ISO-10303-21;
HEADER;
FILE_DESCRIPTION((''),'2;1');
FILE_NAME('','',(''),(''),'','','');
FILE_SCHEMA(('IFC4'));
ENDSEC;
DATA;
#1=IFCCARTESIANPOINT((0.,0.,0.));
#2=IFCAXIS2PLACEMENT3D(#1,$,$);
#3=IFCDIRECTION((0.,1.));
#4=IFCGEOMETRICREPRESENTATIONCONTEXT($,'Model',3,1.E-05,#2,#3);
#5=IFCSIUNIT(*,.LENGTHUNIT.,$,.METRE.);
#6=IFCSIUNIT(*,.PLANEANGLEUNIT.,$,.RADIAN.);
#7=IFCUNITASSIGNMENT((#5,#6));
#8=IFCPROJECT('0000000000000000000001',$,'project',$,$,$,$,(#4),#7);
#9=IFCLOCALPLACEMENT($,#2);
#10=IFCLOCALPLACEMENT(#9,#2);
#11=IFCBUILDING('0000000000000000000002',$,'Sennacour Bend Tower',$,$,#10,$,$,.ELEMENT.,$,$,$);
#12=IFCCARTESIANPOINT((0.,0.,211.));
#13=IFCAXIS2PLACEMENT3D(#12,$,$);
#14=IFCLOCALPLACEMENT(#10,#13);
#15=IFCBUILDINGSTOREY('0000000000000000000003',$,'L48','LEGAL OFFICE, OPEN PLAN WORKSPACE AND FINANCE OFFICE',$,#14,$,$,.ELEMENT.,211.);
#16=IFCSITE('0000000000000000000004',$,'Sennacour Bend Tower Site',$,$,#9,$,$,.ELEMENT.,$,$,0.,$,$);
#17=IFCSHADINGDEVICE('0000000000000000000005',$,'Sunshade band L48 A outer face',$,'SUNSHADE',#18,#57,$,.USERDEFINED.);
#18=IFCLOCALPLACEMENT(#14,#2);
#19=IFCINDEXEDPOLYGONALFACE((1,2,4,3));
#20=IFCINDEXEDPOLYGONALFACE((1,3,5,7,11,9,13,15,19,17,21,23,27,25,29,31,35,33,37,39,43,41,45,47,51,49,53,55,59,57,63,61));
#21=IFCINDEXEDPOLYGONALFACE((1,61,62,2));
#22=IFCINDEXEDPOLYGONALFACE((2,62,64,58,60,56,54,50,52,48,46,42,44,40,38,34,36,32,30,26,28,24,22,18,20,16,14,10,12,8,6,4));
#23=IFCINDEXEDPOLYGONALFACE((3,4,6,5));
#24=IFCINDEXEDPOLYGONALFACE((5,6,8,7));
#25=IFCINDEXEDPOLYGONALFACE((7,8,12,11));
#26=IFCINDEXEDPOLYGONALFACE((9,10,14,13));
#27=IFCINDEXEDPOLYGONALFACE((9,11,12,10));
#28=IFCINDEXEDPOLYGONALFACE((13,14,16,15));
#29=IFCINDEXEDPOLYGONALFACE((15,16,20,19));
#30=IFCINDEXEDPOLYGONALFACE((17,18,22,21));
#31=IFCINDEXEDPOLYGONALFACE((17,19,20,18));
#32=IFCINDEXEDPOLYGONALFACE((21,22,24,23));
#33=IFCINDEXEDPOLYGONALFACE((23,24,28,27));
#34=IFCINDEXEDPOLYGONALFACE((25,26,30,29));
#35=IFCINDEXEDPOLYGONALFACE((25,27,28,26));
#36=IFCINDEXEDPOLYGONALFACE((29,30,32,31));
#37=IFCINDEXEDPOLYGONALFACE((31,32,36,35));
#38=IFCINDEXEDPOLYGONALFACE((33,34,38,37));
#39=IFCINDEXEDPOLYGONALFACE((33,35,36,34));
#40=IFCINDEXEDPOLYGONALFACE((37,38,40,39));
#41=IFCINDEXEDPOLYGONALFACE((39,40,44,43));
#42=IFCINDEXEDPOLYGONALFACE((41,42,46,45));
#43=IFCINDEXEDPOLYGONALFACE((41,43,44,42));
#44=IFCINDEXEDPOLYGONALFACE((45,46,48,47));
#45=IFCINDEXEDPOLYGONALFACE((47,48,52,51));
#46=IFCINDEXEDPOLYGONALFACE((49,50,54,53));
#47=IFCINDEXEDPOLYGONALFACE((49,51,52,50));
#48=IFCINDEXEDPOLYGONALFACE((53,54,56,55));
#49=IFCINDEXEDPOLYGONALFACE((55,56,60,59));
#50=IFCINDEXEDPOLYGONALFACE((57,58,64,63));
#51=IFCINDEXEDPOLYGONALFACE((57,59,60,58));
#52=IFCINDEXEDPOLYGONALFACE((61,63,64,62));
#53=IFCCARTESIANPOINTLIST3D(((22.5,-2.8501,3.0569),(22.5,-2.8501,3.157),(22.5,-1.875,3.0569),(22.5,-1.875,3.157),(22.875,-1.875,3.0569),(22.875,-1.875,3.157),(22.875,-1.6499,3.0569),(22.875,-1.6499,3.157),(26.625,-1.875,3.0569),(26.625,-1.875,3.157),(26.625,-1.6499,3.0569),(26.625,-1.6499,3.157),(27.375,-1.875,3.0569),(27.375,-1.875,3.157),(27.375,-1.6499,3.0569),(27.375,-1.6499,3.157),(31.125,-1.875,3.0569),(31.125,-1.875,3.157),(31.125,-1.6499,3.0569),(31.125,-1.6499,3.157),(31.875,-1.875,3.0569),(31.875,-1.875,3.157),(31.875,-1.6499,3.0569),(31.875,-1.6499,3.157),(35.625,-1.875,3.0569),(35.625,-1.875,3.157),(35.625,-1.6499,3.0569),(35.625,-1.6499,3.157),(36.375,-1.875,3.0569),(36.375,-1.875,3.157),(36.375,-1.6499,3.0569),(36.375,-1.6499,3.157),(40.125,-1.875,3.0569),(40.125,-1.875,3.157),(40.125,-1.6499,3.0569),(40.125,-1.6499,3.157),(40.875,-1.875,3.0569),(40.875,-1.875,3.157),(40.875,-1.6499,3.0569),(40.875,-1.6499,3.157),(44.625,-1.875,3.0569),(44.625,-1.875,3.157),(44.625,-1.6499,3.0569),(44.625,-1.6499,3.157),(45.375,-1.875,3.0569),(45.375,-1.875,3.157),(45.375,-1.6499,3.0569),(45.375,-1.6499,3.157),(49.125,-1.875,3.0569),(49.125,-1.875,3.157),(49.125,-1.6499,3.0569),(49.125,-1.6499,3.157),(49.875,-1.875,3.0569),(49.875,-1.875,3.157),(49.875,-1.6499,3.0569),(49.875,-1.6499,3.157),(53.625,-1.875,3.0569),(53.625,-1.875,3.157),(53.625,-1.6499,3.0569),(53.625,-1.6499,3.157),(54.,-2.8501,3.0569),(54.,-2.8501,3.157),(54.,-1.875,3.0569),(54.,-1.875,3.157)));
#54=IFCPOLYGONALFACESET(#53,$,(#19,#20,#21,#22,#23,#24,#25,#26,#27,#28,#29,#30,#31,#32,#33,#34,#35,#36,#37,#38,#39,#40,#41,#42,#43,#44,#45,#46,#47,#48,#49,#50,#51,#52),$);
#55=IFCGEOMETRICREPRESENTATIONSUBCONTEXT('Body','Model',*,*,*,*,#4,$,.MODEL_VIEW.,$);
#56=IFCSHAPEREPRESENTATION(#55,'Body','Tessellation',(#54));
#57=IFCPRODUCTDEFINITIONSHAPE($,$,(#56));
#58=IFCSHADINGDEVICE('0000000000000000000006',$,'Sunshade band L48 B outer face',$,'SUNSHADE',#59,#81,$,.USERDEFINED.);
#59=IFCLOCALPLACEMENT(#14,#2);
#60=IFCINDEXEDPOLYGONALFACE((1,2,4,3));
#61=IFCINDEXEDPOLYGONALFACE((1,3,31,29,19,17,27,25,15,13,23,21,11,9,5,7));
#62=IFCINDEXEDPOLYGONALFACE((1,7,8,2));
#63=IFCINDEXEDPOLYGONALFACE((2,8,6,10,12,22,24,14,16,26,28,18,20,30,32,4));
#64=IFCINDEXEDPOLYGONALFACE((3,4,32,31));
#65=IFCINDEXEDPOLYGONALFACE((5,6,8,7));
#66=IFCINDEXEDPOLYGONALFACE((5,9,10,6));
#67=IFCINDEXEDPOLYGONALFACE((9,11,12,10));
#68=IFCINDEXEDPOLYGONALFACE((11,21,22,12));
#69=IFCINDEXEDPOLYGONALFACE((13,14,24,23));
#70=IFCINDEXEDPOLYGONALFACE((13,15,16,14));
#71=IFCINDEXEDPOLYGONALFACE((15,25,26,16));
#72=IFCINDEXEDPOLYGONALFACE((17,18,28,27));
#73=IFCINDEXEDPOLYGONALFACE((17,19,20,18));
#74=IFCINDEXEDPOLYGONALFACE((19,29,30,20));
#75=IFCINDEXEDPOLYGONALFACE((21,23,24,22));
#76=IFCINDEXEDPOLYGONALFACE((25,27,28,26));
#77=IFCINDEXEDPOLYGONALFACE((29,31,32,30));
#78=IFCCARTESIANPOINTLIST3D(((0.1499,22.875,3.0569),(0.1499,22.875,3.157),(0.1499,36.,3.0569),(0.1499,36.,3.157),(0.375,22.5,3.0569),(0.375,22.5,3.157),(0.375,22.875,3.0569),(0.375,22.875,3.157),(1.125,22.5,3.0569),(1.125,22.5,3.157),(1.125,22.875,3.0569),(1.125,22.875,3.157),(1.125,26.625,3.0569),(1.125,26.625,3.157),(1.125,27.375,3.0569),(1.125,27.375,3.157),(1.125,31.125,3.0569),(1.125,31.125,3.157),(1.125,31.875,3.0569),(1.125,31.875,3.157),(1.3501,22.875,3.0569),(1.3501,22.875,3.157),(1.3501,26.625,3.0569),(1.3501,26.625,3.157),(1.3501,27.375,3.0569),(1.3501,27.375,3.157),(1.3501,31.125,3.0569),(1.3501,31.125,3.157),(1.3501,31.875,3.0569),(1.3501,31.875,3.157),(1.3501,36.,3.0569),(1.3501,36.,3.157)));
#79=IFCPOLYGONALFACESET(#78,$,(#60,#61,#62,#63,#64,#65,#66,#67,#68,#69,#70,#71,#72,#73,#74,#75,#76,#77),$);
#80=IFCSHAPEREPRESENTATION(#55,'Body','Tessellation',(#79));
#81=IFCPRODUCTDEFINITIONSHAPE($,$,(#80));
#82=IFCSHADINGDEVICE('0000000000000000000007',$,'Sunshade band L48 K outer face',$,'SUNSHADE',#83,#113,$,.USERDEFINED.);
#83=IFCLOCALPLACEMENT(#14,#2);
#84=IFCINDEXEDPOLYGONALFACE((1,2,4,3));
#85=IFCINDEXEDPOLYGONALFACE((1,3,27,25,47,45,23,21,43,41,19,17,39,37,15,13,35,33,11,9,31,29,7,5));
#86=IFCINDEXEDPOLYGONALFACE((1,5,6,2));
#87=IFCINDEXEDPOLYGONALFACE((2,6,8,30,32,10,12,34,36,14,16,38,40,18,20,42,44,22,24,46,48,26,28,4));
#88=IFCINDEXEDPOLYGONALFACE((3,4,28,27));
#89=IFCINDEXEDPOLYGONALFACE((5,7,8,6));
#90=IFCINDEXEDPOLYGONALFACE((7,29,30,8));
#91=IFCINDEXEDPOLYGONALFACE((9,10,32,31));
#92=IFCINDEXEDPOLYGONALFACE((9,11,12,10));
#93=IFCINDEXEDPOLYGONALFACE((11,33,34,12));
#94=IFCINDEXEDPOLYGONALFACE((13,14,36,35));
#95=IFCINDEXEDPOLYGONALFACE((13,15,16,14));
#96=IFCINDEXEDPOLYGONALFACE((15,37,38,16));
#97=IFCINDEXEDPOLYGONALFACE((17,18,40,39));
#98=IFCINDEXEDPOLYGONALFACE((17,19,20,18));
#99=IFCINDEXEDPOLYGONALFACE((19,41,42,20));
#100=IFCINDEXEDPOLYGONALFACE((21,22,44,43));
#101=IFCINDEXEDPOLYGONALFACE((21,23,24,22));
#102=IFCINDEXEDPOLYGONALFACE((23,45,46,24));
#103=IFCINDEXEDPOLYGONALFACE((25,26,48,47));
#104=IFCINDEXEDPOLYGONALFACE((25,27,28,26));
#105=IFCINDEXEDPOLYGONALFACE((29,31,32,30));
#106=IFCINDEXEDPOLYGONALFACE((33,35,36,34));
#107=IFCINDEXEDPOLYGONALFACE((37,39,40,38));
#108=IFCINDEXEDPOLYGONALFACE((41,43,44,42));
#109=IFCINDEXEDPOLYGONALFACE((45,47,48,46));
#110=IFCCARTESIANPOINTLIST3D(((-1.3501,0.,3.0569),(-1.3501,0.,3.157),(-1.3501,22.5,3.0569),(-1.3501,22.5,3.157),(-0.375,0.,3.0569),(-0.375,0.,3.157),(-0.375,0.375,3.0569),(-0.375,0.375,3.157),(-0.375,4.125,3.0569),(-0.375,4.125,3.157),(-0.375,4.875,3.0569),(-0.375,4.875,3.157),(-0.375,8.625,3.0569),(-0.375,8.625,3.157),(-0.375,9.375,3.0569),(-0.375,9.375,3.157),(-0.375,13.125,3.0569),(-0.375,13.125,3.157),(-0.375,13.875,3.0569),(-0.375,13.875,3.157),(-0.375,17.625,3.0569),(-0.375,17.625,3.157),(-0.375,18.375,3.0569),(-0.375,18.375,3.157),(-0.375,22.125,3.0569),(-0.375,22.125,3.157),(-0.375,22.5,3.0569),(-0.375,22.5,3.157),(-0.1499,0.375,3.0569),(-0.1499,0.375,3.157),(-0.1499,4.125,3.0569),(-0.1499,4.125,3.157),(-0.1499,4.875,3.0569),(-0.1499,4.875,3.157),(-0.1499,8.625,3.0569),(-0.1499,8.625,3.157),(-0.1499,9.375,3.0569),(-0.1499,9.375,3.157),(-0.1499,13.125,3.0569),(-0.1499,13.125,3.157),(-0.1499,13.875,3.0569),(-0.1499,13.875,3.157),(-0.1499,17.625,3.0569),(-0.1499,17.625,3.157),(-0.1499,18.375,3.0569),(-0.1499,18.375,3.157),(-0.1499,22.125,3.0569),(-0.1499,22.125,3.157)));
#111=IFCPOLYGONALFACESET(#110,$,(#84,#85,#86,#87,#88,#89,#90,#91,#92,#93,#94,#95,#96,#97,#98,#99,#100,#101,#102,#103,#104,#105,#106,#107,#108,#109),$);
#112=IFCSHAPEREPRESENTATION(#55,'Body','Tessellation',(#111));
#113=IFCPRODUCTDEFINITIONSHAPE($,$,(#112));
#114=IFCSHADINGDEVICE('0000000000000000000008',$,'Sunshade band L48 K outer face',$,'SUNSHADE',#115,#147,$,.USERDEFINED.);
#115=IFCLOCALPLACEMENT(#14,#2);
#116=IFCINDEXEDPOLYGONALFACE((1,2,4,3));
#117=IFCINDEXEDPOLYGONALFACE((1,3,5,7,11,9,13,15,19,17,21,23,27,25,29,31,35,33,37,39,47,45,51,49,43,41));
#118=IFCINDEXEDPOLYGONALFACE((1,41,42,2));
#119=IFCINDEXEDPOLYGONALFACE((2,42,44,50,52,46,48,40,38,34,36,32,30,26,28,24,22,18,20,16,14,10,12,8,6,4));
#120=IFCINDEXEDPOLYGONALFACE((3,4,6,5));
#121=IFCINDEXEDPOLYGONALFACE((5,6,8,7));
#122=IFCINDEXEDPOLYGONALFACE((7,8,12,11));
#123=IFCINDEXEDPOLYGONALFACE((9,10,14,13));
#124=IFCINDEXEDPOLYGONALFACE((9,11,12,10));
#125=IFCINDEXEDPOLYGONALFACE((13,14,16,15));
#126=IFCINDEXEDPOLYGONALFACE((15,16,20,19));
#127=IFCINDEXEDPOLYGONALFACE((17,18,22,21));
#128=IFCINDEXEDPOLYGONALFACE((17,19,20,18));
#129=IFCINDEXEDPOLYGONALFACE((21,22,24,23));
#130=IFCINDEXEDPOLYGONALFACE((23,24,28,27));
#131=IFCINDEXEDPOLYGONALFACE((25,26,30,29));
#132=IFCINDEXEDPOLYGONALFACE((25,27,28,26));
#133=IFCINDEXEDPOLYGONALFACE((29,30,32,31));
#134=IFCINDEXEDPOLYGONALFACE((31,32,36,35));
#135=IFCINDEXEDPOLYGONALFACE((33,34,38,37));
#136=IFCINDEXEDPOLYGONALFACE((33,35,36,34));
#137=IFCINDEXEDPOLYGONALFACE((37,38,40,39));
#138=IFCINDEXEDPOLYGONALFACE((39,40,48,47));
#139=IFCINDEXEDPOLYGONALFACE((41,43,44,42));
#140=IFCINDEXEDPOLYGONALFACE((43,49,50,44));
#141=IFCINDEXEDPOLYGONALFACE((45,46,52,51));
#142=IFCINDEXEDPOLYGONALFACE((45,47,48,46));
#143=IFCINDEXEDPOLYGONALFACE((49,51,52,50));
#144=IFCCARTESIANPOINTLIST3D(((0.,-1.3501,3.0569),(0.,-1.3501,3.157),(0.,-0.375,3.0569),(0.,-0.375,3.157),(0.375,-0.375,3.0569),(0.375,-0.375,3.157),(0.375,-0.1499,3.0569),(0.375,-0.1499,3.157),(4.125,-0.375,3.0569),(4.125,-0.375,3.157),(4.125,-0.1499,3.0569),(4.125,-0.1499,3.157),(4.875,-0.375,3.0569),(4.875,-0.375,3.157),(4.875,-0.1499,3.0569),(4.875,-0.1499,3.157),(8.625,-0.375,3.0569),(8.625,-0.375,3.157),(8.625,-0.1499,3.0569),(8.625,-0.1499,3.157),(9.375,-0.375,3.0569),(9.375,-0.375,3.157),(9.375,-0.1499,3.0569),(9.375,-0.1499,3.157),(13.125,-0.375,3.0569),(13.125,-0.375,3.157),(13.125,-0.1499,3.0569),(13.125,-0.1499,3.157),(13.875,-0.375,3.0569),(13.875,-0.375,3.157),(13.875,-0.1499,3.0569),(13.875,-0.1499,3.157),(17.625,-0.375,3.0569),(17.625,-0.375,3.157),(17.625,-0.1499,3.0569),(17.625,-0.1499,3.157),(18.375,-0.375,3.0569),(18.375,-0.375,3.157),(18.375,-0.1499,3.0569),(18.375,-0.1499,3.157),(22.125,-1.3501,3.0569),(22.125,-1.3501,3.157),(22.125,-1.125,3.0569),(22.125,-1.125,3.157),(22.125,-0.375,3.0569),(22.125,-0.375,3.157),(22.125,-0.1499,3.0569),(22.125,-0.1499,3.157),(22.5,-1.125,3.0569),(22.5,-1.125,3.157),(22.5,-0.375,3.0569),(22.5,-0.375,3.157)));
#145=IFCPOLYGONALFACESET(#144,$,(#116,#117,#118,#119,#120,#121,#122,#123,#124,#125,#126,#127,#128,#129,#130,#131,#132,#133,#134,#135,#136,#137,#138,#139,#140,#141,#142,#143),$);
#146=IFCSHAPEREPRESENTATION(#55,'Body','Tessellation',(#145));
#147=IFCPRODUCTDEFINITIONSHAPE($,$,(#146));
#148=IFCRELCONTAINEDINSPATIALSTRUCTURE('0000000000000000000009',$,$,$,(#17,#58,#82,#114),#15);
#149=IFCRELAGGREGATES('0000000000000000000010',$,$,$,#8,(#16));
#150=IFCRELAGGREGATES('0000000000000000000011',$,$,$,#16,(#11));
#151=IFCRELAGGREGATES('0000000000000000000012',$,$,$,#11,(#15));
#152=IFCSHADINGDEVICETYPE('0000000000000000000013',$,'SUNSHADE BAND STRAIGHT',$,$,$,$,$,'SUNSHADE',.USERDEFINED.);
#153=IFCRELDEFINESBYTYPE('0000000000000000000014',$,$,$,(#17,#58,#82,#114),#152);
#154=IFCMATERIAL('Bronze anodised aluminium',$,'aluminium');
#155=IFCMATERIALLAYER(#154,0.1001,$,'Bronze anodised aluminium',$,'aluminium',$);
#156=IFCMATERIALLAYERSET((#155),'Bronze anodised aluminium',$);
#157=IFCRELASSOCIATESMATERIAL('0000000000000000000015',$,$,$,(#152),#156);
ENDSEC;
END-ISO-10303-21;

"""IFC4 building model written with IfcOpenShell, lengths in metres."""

from ifc_helpers import new_model, si_unit, direction, frame, origin, place, context, subcontext, project, spatial, polyline, outline, extrude, material, layer, layer_set, type_object, element, save


model = new_model("IFC4")

# Units and contexts
model_context = context("Model", 3, precision=1e-05, world=origin(), true_north=direction((0.0, 1.0)))
body_context = subcontext(model_context, "Body", "Model", "MODEL_VIEW")
ifc_project = project(units=[si_unit("LENGTHUNIT", "METRE"), si_unit("PLANEANGLEUNIT", "RADIAN")], contexts=[model_context])

# Site, building, storey
site_placement = place(None, origin())
site = spatial("IfcSite", under=ifc_project, at=site_placement, Name="Sennacour Bend Tower Site", CompositionType="ELEMENT", RefElevation=0.0)
building_placement = place(site_placement, origin())
building = spatial("IfcBuilding", under=site, at=building_placement, Name="Sennacour Bend Tower", CompositionType="ELEMENT")
storey_placement = place(building_placement, frame((0.0, 0.0, 211.0)))
storey = spatial("IfcBuildingStorey", under=building, at=storey_placement, Name="L48", Description="LEGAL OFFICE, OPEN PLAN WORKSPACE AND FINANCE OFFICE", CompositionType="ELEMENT", Elevation=211.0)

# Shading devices
ifc_material_1 = material(Name="Bronze anodised aluminium", Category="aluminium")
ifc_layer_1 = layer(ifc_material_1, 0.1001, Name="Bronze anodised aluminium", Category="aluminium")
ifc_layer_set_1 = layer_set([ifc_layer_1], Name="Bronze anodised aluminium")
shading_device_type_1 = type_object("IfcShadingDeviceType", Name="SUNSHADE BAND STRAIGHT", ElementType="SUNSHADE", PredefinedType="USERDEFINED", material=ifc_layer_set_1)
shading_device_1_placement = place(storey_placement, frame((0.0, 0.0, 3.0569)))
element("IfcShadingDevice", 1, at=shading_device_1_placement, inside=storey, type_object=shading_device_type_1, Name="Sunshade band L48 A outer face", ObjectType="SUNSHADE", PredefinedType="USERDEFINED", context=body_context, shape_type="SweptSolid", body=[
    extrude(outline(polyline([(26.625, -1.6499), (26.625, -1.875), (27.375, -1.875), (27.375, -1.6499), (31.125, -1.6499), (31.125, -1.875), (31.875, -1.875), (31.875, -1.6499), (35.625, -1.6499), (35.625, -1.875), (36.375, -1.875), (36.375, -1.6499), (40.125, -1.6499), (40.125, -1.875), (40.875, -1.875), (40.875, -1.6499), (44.625, -1.6499), (44.625, -1.875), (45.375, -1.875), (45.375, -1.6499), (49.125, -1.6499), (49.125, -1.875), (49.875, -1.875), (49.875, -1.6499), (53.625, -1.6499), (53.625, -1.875), (54.0, -1.875), (54.0, -2.8501), (22.5, -2.8501), (22.5, -1.875), (22.875, -1.875), (22.875, -1.6499), (26.625, -1.6499)])), origin(), (0.0, 0.0, 1.0), 0.1001),
])
shading_device_2_placement = place(storey_placement, frame((0.0, 0.0, 3.0569)))
element("IfcShadingDevice", 2, at=shading_device_2_placement, inside=storey, type_object=shading_device_type_1, Name="Sunshade band L48 B outer face", ObjectType="SUNSHADE", PredefinedType="USERDEFINED", context=body_context, shape_type="SweptSolid", body=[
    extrude(outline(polyline([(1.3501, 31.875), (1.125, 31.875), (1.125, 31.125), (1.3501, 31.125), (1.3501, 27.375), (1.125, 27.375), (1.125, 26.625), (1.3501, 26.625), (1.3501, 22.875), (1.125, 22.875), (1.125, 22.5), (0.375, 22.5), (0.375, 22.875), (0.1499, 22.875), (0.1499, 36.0), (1.3501, 36.0), (1.3501, 31.875)])), origin(), (0.0, 0.0, 1.0), 0.1001),
])
shading_device_3_placement = place(storey_placement, frame((0.0, 0.0, 3.0569)))
element("IfcShadingDevice", 3, at=shading_device_3_placement, inside=storey, type_object=shading_device_type_1, Name="Sunshade band L48 K outer face", ObjectType="SUNSHADE", PredefinedType="USERDEFINED", context=body_context, shape_type="SweptSolid", body=[
    extrude(outline(polyline([(-0.1499, 18.375), (-0.375, 18.375), (-0.375, 17.625), (-0.1499, 17.625), (-0.1499, 13.875), (-0.375, 13.875), (-0.375, 13.125), (-0.1499, 13.125), (-0.1499, 9.375), (-0.375, 9.375), (-0.375, 8.625), (-0.1499, 8.625), (-0.1499, 4.875), (-0.375, 4.875), (-0.375, 4.125), (-0.1499, 4.125), (-0.1499, 0.375), (-0.375, 0.375), (-0.375, 0.0), (-1.3501, 0.0), (-1.3501, 22.5), (-0.375, 22.5), (-0.375, 22.125), (-0.1499, 22.125), (-0.1499, 18.375)])), origin(), (0.0, 0.0, 1.0), 0.1001),
])
shading_device_4_placement = place(storey_placement, frame((0.0, 0.0, 3.0569)))
element("IfcShadingDevice", 4, at=shading_device_4_placement, inside=storey, type_object=shading_device_type_1, Name="Sunshade band L48 K outer face", ObjectType="SUNSHADE", PredefinedType="USERDEFINED", context=body_context, shape_type="SweptSolid", body=[
    extrude(outline(polyline([(4.125, -0.1499), (4.125, -0.375), (4.875, -0.375), (4.875, -0.1499), (8.625, -0.1499), (8.625, -0.375), (9.375, -0.375), (9.375, -0.1499), (13.125, -0.1499), (13.125, -0.375), (13.875, -0.375), (13.875, -0.1499), (17.625, -0.1499), (17.625, -0.375), (18.375, -0.375), (18.375, -0.1499), (22.125, -0.1499), (22.125, -0.375), (22.5, -0.375), (22.5, -1.125), (22.125, -1.125), (22.125, -1.3501), (0.0, -1.3501), (0.0, -0.375), (0.375, -0.375), (0.375, -0.1499), (4.125, -0.1499)])), origin(), (0.0, 0.0, 1.0), 0.1001),
])

save(model, "model.ifc")
